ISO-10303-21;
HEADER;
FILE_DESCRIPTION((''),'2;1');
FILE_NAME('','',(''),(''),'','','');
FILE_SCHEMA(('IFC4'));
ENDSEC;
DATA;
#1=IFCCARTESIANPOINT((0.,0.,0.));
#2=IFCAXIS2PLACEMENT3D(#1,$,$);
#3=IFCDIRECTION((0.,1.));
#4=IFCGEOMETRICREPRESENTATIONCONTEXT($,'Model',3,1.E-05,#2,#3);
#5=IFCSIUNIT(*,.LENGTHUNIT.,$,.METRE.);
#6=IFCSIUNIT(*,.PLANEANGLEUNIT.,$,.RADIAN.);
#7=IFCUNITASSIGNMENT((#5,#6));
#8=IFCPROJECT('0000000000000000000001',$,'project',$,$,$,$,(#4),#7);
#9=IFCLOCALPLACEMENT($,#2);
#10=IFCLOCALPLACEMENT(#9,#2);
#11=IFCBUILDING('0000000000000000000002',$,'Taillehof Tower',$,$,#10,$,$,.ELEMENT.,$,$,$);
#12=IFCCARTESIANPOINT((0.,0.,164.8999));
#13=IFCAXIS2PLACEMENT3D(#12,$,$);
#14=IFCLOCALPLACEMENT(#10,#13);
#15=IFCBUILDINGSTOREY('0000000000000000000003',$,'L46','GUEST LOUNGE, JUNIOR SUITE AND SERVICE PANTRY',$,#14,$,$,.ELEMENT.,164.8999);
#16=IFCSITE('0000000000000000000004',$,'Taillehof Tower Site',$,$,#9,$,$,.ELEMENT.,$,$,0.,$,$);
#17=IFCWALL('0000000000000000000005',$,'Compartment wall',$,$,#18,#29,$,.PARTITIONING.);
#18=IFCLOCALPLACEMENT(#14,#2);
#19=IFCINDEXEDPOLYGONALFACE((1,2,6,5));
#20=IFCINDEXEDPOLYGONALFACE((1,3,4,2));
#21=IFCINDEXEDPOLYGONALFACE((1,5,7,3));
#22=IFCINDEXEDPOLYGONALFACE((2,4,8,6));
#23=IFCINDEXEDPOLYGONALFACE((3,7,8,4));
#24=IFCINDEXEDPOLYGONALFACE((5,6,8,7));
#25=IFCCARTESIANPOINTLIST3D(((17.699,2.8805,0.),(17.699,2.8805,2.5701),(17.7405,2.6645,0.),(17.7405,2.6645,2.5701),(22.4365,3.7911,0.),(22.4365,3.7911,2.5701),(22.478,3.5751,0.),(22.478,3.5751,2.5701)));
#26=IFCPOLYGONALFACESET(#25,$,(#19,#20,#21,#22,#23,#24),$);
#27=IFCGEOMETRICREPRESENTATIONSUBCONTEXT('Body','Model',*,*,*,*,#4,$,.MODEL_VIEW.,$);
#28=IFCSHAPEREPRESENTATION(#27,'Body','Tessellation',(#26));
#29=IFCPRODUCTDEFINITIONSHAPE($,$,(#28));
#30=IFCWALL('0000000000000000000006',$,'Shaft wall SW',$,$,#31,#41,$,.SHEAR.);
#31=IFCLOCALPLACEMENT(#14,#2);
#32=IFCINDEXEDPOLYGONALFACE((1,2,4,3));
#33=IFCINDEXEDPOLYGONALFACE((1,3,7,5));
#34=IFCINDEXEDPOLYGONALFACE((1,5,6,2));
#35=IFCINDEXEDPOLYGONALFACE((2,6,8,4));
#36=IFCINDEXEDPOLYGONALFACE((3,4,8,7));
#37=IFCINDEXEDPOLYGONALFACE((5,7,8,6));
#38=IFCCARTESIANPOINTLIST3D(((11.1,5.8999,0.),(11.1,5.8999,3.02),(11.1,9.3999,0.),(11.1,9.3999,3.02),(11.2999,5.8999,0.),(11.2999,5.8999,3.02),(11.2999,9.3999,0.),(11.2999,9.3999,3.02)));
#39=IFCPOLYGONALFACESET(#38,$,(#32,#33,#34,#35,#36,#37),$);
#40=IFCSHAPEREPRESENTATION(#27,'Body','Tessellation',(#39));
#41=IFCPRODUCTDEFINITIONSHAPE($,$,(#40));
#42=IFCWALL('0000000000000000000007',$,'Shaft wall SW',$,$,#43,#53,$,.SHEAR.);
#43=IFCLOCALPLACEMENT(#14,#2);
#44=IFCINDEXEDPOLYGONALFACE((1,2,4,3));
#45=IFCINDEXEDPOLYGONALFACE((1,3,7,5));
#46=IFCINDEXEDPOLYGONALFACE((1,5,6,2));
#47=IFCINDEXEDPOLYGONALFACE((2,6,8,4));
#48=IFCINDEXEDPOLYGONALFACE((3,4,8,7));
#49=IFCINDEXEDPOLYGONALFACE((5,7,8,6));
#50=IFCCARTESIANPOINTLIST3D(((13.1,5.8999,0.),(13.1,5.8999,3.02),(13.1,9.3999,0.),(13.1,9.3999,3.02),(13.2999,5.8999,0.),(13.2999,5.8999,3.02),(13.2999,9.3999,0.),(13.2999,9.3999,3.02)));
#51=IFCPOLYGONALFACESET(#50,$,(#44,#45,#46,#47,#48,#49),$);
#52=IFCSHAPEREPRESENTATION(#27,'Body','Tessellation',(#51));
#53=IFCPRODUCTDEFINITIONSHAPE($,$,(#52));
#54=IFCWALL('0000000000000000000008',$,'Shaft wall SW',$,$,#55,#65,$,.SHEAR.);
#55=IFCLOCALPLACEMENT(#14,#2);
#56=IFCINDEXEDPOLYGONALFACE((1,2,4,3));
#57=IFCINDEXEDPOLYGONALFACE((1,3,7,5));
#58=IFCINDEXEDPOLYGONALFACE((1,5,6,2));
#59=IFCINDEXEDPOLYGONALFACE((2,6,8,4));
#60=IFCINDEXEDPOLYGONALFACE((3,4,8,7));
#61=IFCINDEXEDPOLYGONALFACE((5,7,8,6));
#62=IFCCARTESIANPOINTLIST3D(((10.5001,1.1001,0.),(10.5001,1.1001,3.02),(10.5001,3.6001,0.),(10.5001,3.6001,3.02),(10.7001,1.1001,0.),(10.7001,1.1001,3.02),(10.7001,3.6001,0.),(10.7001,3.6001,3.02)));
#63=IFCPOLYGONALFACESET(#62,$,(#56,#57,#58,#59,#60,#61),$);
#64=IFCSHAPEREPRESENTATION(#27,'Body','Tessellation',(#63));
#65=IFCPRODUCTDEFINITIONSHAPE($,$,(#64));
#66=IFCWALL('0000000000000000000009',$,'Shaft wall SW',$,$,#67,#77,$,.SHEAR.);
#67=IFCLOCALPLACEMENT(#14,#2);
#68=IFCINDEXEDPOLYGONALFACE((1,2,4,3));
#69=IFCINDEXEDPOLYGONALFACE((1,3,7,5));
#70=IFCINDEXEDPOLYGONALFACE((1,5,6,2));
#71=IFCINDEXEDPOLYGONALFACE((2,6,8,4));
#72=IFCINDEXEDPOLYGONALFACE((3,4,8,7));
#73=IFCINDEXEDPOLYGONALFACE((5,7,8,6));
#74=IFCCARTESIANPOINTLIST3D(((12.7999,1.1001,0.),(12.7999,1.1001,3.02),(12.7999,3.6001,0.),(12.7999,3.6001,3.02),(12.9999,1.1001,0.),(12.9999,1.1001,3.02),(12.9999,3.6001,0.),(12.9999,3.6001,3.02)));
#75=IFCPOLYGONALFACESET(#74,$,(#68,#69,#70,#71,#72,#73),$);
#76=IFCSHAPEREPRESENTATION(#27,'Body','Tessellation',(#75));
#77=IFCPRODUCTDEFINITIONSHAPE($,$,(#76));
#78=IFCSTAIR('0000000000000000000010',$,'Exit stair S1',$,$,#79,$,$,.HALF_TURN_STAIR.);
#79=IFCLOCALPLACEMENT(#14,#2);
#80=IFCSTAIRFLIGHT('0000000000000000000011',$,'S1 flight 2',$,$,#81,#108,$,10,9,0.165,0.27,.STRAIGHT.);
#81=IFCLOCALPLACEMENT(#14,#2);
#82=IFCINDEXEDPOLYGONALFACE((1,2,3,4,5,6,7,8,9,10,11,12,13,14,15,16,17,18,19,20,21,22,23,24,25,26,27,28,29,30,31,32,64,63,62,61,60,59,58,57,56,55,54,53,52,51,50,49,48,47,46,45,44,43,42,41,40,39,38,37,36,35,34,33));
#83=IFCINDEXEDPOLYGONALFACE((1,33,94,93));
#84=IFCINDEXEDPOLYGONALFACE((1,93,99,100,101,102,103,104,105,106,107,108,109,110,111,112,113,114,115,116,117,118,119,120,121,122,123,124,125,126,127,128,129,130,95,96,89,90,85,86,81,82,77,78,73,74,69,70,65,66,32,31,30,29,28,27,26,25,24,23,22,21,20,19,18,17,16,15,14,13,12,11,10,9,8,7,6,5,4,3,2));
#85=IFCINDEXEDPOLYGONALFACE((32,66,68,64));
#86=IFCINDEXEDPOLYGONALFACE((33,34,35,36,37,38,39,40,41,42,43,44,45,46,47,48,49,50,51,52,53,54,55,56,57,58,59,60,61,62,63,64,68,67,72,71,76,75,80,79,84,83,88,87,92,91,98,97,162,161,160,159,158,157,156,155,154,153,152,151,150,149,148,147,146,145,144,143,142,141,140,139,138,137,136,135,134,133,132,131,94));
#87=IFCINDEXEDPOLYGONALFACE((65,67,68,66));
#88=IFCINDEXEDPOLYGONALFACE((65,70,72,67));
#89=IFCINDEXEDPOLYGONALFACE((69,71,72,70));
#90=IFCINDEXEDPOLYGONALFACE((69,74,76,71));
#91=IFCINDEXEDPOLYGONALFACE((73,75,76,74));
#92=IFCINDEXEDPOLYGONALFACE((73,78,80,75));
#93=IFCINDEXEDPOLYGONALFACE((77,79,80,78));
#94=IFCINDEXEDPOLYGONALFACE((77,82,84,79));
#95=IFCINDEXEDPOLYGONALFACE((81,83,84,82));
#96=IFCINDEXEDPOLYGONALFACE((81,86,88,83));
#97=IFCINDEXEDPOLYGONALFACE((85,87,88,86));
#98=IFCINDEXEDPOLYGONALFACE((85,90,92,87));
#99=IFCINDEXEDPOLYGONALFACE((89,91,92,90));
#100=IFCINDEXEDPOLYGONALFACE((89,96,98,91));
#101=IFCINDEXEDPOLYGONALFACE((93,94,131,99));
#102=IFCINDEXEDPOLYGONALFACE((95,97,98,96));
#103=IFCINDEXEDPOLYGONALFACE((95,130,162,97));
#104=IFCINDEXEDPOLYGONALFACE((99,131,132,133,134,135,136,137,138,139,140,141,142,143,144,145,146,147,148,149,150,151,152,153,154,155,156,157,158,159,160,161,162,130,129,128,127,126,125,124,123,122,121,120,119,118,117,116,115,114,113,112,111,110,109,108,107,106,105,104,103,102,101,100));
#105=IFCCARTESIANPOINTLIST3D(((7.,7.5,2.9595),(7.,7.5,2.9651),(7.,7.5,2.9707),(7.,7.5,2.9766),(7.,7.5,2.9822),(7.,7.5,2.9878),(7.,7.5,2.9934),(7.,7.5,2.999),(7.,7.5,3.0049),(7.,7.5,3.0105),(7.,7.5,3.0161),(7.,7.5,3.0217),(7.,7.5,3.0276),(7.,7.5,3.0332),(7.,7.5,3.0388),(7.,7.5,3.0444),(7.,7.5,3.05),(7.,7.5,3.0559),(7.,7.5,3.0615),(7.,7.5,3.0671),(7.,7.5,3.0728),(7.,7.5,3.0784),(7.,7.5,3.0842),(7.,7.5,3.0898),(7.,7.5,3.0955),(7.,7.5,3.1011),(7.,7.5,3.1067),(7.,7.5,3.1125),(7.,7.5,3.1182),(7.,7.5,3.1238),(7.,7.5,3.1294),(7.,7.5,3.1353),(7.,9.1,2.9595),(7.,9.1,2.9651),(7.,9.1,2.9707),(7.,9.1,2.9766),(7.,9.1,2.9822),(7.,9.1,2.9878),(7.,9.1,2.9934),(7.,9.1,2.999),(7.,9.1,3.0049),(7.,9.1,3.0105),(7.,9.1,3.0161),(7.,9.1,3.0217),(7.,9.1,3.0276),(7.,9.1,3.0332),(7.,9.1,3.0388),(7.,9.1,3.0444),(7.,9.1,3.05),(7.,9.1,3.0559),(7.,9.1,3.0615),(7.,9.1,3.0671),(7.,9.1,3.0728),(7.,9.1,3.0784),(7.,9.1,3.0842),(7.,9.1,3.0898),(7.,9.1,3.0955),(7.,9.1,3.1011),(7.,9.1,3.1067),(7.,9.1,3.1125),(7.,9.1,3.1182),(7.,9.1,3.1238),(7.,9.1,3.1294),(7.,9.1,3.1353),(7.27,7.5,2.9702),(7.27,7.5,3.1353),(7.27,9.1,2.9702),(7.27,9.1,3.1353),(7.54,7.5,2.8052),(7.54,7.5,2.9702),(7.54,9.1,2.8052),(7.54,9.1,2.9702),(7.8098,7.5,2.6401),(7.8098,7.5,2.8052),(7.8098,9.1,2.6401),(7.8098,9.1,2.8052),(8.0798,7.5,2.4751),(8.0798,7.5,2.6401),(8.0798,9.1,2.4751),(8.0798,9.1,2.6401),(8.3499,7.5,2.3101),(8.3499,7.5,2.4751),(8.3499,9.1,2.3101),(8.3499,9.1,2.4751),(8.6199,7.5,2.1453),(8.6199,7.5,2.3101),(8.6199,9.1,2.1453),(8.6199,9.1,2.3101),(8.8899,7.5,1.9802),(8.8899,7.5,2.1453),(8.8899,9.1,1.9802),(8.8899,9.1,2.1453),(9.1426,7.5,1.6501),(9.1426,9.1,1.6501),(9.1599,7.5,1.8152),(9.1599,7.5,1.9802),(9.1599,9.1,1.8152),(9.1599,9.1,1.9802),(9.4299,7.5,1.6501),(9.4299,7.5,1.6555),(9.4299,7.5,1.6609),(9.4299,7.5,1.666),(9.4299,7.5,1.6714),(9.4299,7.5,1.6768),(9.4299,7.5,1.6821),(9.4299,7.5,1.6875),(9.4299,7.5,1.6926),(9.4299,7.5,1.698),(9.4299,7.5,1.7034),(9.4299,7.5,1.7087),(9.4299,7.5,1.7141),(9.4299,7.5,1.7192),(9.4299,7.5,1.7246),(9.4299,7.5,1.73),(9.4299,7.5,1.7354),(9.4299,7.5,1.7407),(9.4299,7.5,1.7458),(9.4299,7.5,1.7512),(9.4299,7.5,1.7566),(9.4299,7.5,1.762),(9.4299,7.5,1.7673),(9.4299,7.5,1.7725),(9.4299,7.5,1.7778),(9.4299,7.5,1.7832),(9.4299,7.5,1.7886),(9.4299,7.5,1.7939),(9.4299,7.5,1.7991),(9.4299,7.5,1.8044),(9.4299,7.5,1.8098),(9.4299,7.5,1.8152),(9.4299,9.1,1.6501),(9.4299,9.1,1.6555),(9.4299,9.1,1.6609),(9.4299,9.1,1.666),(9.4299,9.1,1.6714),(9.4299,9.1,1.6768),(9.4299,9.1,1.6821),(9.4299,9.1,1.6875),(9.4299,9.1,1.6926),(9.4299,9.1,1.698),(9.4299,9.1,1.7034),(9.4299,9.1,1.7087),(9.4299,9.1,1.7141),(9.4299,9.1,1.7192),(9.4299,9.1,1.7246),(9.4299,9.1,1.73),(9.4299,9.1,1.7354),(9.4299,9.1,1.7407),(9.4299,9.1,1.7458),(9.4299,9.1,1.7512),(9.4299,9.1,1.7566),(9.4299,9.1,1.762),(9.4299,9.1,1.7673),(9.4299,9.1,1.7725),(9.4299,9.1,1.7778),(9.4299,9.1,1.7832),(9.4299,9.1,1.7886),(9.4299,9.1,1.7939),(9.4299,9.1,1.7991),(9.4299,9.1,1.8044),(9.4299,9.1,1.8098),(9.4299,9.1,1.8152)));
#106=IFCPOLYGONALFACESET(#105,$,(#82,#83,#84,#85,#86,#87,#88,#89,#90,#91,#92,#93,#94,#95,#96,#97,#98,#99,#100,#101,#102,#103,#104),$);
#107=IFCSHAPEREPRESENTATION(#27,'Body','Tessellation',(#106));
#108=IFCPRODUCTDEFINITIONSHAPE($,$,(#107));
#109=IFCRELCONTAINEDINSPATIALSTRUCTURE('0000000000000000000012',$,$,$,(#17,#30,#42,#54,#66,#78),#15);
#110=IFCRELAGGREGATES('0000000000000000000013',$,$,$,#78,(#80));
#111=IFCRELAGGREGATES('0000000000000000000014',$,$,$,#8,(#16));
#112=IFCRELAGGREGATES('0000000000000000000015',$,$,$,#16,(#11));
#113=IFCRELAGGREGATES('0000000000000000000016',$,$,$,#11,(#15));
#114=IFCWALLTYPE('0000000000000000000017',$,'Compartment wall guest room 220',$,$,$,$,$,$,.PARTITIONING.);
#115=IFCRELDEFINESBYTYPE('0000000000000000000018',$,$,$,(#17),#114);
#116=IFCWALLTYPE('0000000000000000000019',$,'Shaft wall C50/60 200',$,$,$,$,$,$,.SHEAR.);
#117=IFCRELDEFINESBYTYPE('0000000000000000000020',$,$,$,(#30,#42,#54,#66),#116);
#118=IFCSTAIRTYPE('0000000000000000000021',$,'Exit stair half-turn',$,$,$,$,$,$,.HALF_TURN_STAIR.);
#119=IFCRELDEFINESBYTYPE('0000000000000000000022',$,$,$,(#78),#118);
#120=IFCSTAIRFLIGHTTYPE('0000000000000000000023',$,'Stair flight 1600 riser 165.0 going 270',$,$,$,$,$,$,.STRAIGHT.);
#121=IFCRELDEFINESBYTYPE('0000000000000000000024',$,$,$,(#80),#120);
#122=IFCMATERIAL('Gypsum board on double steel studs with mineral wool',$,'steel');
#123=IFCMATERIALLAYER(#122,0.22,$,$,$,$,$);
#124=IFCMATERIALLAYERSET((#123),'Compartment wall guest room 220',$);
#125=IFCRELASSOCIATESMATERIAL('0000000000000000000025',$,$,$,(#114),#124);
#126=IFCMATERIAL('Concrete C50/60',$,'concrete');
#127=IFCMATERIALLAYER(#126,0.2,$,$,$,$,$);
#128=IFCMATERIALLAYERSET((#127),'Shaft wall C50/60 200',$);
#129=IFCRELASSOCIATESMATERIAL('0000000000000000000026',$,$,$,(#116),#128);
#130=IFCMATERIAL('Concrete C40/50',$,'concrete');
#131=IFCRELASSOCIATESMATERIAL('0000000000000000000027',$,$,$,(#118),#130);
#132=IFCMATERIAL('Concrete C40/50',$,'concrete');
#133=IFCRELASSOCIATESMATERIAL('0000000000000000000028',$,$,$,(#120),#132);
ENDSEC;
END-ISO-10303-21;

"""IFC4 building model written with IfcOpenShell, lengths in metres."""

from ifc_helpers import new_model, si_unit, direction, frame, frame_2d, origin, place, context, subcontext, project, spatial, polyline, rectangle, outline, extrude, material, layer, layer_set, type_object, element, aggregate, save


model = new_model("IFC4")

# Units and contexts
model_context = context("Model", 3, precision=1e-05, world=origin(), true_north=direction((0.0, 1.0)))
body_context = subcontext(model_context, "Body", "Model", "MODEL_VIEW")
ifc_project = project(units=[si_unit("LENGTHUNIT", "METRE"), si_unit("PLANEANGLEUNIT", "RADIAN")], contexts=[model_context])

# Site, building, storey
site_placement = place(None, origin())
site = spatial("IfcSite", under=ifc_project, at=site_placement, Name="Taillehof Tower Site", CompositionType="ELEMENT", RefElevation=0.0)
building_placement = place(site_placement, origin())
building = spatial("IfcBuilding", under=site, at=building_placement, Name="Taillehof Tower", CompositionType="ELEMENT")
storey_placement = place(building_placement, frame((0.0, 0.0, 164.8999)))
storey = spatial("IfcBuildingStorey", under=building, at=storey_placement, Name="L46", Description="GUEST LOUNGE, JUNIOR SUITE AND SERVICE PANTRY", CompositionType="ELEMENT", Elevation=164.8999)

# Walls
ifc_material_1 = material(Name="Gypsum board on double steel studs with mineral wool", Category="steel")
ifc_layer_1 = layer(ifc_material_1, 0.22)
ifc_layer_set_1 = layer_set([ifc_layer_1], Name="Compartment wall guest room 220")
wall_type_1 = type_object("IfcWallType", Name="Compartment wall guest room 220", PredefinedType="PARTITIONING", material=ifc_layer_set_1)
wall_1_placement = place(storey_placement, frame((22.4573, 3.6831, 0.0), z_axis=(0.0, 0.0, 1.0), x_axis=(-0.982023, -0.188763, 0.0)))
element("IfcWall", 1, at=wall_1_placement, inside=storey, type_object=wall_type_1, Name="Compartment wall", PredefinedType="PARTITIONING", context=body_context, shape_type="SweptSolid", body=[
    extrude(rectangle(XDim=4.8242, YDim=0.22, at=frame_2d((2.4121, 0.0))), origin(), (0.0, 0.0, 1.0), 2.5701),
])
ifc_material_2 = material(Name="Concrete C50/60", Category="concrete")
ifc_layer_2 = layer(ifc_material_2, 0.2)
ifc_layer_set_2 = layer_set([ifc_layer_2], Name="Shaft wall C50/60 200")
wall_type_2 = type_object("IfcWallType", Name="Shaft wall C50/60 200", PredefinedType="SHEAR", material=ifc_layer_set_2)
for number, where, z_axis, x_axis, name in (
    (2, (11.2, 5.8999, 0.0), (0.0, 0.0, 1.0), (0.0, 1.0, 0.0), "Shaft wall SW"),
    (3, (13.2, 5.8999, 0.0), (0.0, 0.0, 1.0), (0.0, 1.0, 0.0), "Shaft wall SW"),
):
    element("IfcWall", number, at=place(storey_placement, frame(where, z_axis=z_axis, x_axis=x_axis)), inside=storey, type_object=wall_type_2, Name=name, PredefinedType="SHEAR", context=body_context, shape_type="SweptSolid", body=[
        extrude(rectangle(XDim=3.5, YDim=0.2, at=frame_2d((1.75, 0.0))), origin(), (0.0, 0.0, 1.0), 3.02),
    ])
for number, where, z_axis, x_axis, name in (
    (4, (10.6001, 1.1001, 0.0), (0.0, 0.0, 1.0), (0.0, 1.0, 0.0), "Shaft wall SW"),
    (5, (12.8999, 1.1001, 0.0), (0.0, 0.0, 1.0), (0.0, 1.0, 0.0), "Shaft wall SW"),
):
    element("IfcWall", number, at=place(storey_placement, frame(where, z_axis=z_axis, x_axis=x_axis)), inside=storey, type_object=wall_type_2, Name=name, PredefinedType="SHEAR", context=body_context, shape_type="SweptSolid", body=[
        extrude(rectangle(XDim=2.5, YDim=0.2, at=frame_2d((1.25, 0.0))), origin(), (0.0, 0.0, 1.0), 3.02),
    ])

# Stair, stair flight
ifc_material_3 = material(Name="Concrete C40/50", Category="concrete")
stair_type = type_object("IfcStairType", Name="Exit stair half-turn", PredefinedType="HALF_TURN_STAIR", material=ifc_material_3)
stair_placement = place(storey_placement, origin())
stair = element("IfcStair", 6, at=stair_placement, inside=storey, type_object=stair_type, Name="Exit stair S1", PredefinedType="HALF_TURN_STAIR")
ifc_material_4 = material(Name="Concrete C40/50", Category="concrete")
stair_flight_type = type_object("IfcStairFlightType", Name="Stair flight 1600 riser 165.0 going 270", PredefinedType="STRAIGHT", material=ifc_material_4)
stair_flight_placement = place(storey_placement, frame((9.4299, 8.3, 1.6501), z_axis=(0.0, 0.0, 1.0), x_axis=(-1.0, 0.0, 0.0)))
stair_flight = element("IfcStairFlight", 7, at=stair_flight_placement, type_object=stair_flight_type, Name="S1 flight 2", NumberOfRisers=10, NumberOfTreads=9, PredefinedType="STRAIGHT", RiserHeight=0.165, TreadLength=0.27, context=body_context, shape_type="SweptSolid", body=[
    extrude(outline(polyline([(0.0, 0.0), (0.0, 0.0054), (0.0, 0.0107), (0.0, 0.0159), (0.0, 0.0212), (0.0, 0.0266), (0.0, 0.032), (0.0, 0.0374), (0.0, 0.0425), (0.0, 0.0479), (0.0, 0.0532), (0.0, 0.0586), (0.0, 0.064), (0.0, 0.0691), (0.0, 0.0745), (0.0, 0.0798), (0.0, 0.0852), (0.0, 0.0906), (0.0, 0.0957), (0.0, 0.1011), (0.0, 0.1064), (0.0, 0.1118), (0.0, 0.1172), (0.0, 0.1223), (0.0, 0.1277), (0.0, 0.1331), (0.0, 0.1384), (0.0, 0.1438), (0.0, 0.1489), (0.0, 0.1543), (0.0, 0.1597), (0.0, 0.165), (0.27, 0.165), (0.27, 0.3301), (0.54, 0.3301), (0.54, 0.4951), (0.8101, 0.4951), (0.8101, 0.6599), (1.0801, 0.6599), (1.0801, 0.825), (1.3501, 0.825), (1.3501, 0.99), (1.6201, 0.99), (1.6201, 1.155), (1.8899, 1.155), (1.8899, 1.3201), (2.1599, 1.3201), (2.1599, 1.4851), (2.4299, 1.4851), (2.4299, 1.4792), (2.4299, 1.4736), (2.4299, 1.468), (2.4299, 1.4624), (2.4299, 1.4565), (2.4299, 1.4509), (2.4299, 1.4453), (2.4299, 1.4397), (2.4299, 1.4341), (2.4299, 1.4282), (2.4299, 1.4226), (2.4299, 1.417), (2.4299, 1.4114), (2.4299, 1.4058), (2.4299, 1.3999), (2.4299, 1.3943), (2.4299, 1.3887), (2.4299, 1.3831), (2.4299, 1.3774), (2.4299, 1.3716), (2.4299, 1.366), (2.4299, 1.3604), (2.4299, 1.3547), (2.4299, 1.3489), (2.4299, 1.3433), (2.4299, 1.3376), (2.4299, 1.332), (2.4299, 1.3264), (2.4299, 1.3206), (2.4299, 1.3149), (2.4299, 1.3093), (0.2874, 0.0), (0.0, 0.0)])), frame((0.0, 0.8, 0.0), z_axis=(0.0, -1.0, 0.0), x_axis=(1.0, 0.0, 0.0)), (0.0, 0.0, 1.0), 1.6),
])
aggregate(stair, [stair_flight])

save(model, "model.ifc")
